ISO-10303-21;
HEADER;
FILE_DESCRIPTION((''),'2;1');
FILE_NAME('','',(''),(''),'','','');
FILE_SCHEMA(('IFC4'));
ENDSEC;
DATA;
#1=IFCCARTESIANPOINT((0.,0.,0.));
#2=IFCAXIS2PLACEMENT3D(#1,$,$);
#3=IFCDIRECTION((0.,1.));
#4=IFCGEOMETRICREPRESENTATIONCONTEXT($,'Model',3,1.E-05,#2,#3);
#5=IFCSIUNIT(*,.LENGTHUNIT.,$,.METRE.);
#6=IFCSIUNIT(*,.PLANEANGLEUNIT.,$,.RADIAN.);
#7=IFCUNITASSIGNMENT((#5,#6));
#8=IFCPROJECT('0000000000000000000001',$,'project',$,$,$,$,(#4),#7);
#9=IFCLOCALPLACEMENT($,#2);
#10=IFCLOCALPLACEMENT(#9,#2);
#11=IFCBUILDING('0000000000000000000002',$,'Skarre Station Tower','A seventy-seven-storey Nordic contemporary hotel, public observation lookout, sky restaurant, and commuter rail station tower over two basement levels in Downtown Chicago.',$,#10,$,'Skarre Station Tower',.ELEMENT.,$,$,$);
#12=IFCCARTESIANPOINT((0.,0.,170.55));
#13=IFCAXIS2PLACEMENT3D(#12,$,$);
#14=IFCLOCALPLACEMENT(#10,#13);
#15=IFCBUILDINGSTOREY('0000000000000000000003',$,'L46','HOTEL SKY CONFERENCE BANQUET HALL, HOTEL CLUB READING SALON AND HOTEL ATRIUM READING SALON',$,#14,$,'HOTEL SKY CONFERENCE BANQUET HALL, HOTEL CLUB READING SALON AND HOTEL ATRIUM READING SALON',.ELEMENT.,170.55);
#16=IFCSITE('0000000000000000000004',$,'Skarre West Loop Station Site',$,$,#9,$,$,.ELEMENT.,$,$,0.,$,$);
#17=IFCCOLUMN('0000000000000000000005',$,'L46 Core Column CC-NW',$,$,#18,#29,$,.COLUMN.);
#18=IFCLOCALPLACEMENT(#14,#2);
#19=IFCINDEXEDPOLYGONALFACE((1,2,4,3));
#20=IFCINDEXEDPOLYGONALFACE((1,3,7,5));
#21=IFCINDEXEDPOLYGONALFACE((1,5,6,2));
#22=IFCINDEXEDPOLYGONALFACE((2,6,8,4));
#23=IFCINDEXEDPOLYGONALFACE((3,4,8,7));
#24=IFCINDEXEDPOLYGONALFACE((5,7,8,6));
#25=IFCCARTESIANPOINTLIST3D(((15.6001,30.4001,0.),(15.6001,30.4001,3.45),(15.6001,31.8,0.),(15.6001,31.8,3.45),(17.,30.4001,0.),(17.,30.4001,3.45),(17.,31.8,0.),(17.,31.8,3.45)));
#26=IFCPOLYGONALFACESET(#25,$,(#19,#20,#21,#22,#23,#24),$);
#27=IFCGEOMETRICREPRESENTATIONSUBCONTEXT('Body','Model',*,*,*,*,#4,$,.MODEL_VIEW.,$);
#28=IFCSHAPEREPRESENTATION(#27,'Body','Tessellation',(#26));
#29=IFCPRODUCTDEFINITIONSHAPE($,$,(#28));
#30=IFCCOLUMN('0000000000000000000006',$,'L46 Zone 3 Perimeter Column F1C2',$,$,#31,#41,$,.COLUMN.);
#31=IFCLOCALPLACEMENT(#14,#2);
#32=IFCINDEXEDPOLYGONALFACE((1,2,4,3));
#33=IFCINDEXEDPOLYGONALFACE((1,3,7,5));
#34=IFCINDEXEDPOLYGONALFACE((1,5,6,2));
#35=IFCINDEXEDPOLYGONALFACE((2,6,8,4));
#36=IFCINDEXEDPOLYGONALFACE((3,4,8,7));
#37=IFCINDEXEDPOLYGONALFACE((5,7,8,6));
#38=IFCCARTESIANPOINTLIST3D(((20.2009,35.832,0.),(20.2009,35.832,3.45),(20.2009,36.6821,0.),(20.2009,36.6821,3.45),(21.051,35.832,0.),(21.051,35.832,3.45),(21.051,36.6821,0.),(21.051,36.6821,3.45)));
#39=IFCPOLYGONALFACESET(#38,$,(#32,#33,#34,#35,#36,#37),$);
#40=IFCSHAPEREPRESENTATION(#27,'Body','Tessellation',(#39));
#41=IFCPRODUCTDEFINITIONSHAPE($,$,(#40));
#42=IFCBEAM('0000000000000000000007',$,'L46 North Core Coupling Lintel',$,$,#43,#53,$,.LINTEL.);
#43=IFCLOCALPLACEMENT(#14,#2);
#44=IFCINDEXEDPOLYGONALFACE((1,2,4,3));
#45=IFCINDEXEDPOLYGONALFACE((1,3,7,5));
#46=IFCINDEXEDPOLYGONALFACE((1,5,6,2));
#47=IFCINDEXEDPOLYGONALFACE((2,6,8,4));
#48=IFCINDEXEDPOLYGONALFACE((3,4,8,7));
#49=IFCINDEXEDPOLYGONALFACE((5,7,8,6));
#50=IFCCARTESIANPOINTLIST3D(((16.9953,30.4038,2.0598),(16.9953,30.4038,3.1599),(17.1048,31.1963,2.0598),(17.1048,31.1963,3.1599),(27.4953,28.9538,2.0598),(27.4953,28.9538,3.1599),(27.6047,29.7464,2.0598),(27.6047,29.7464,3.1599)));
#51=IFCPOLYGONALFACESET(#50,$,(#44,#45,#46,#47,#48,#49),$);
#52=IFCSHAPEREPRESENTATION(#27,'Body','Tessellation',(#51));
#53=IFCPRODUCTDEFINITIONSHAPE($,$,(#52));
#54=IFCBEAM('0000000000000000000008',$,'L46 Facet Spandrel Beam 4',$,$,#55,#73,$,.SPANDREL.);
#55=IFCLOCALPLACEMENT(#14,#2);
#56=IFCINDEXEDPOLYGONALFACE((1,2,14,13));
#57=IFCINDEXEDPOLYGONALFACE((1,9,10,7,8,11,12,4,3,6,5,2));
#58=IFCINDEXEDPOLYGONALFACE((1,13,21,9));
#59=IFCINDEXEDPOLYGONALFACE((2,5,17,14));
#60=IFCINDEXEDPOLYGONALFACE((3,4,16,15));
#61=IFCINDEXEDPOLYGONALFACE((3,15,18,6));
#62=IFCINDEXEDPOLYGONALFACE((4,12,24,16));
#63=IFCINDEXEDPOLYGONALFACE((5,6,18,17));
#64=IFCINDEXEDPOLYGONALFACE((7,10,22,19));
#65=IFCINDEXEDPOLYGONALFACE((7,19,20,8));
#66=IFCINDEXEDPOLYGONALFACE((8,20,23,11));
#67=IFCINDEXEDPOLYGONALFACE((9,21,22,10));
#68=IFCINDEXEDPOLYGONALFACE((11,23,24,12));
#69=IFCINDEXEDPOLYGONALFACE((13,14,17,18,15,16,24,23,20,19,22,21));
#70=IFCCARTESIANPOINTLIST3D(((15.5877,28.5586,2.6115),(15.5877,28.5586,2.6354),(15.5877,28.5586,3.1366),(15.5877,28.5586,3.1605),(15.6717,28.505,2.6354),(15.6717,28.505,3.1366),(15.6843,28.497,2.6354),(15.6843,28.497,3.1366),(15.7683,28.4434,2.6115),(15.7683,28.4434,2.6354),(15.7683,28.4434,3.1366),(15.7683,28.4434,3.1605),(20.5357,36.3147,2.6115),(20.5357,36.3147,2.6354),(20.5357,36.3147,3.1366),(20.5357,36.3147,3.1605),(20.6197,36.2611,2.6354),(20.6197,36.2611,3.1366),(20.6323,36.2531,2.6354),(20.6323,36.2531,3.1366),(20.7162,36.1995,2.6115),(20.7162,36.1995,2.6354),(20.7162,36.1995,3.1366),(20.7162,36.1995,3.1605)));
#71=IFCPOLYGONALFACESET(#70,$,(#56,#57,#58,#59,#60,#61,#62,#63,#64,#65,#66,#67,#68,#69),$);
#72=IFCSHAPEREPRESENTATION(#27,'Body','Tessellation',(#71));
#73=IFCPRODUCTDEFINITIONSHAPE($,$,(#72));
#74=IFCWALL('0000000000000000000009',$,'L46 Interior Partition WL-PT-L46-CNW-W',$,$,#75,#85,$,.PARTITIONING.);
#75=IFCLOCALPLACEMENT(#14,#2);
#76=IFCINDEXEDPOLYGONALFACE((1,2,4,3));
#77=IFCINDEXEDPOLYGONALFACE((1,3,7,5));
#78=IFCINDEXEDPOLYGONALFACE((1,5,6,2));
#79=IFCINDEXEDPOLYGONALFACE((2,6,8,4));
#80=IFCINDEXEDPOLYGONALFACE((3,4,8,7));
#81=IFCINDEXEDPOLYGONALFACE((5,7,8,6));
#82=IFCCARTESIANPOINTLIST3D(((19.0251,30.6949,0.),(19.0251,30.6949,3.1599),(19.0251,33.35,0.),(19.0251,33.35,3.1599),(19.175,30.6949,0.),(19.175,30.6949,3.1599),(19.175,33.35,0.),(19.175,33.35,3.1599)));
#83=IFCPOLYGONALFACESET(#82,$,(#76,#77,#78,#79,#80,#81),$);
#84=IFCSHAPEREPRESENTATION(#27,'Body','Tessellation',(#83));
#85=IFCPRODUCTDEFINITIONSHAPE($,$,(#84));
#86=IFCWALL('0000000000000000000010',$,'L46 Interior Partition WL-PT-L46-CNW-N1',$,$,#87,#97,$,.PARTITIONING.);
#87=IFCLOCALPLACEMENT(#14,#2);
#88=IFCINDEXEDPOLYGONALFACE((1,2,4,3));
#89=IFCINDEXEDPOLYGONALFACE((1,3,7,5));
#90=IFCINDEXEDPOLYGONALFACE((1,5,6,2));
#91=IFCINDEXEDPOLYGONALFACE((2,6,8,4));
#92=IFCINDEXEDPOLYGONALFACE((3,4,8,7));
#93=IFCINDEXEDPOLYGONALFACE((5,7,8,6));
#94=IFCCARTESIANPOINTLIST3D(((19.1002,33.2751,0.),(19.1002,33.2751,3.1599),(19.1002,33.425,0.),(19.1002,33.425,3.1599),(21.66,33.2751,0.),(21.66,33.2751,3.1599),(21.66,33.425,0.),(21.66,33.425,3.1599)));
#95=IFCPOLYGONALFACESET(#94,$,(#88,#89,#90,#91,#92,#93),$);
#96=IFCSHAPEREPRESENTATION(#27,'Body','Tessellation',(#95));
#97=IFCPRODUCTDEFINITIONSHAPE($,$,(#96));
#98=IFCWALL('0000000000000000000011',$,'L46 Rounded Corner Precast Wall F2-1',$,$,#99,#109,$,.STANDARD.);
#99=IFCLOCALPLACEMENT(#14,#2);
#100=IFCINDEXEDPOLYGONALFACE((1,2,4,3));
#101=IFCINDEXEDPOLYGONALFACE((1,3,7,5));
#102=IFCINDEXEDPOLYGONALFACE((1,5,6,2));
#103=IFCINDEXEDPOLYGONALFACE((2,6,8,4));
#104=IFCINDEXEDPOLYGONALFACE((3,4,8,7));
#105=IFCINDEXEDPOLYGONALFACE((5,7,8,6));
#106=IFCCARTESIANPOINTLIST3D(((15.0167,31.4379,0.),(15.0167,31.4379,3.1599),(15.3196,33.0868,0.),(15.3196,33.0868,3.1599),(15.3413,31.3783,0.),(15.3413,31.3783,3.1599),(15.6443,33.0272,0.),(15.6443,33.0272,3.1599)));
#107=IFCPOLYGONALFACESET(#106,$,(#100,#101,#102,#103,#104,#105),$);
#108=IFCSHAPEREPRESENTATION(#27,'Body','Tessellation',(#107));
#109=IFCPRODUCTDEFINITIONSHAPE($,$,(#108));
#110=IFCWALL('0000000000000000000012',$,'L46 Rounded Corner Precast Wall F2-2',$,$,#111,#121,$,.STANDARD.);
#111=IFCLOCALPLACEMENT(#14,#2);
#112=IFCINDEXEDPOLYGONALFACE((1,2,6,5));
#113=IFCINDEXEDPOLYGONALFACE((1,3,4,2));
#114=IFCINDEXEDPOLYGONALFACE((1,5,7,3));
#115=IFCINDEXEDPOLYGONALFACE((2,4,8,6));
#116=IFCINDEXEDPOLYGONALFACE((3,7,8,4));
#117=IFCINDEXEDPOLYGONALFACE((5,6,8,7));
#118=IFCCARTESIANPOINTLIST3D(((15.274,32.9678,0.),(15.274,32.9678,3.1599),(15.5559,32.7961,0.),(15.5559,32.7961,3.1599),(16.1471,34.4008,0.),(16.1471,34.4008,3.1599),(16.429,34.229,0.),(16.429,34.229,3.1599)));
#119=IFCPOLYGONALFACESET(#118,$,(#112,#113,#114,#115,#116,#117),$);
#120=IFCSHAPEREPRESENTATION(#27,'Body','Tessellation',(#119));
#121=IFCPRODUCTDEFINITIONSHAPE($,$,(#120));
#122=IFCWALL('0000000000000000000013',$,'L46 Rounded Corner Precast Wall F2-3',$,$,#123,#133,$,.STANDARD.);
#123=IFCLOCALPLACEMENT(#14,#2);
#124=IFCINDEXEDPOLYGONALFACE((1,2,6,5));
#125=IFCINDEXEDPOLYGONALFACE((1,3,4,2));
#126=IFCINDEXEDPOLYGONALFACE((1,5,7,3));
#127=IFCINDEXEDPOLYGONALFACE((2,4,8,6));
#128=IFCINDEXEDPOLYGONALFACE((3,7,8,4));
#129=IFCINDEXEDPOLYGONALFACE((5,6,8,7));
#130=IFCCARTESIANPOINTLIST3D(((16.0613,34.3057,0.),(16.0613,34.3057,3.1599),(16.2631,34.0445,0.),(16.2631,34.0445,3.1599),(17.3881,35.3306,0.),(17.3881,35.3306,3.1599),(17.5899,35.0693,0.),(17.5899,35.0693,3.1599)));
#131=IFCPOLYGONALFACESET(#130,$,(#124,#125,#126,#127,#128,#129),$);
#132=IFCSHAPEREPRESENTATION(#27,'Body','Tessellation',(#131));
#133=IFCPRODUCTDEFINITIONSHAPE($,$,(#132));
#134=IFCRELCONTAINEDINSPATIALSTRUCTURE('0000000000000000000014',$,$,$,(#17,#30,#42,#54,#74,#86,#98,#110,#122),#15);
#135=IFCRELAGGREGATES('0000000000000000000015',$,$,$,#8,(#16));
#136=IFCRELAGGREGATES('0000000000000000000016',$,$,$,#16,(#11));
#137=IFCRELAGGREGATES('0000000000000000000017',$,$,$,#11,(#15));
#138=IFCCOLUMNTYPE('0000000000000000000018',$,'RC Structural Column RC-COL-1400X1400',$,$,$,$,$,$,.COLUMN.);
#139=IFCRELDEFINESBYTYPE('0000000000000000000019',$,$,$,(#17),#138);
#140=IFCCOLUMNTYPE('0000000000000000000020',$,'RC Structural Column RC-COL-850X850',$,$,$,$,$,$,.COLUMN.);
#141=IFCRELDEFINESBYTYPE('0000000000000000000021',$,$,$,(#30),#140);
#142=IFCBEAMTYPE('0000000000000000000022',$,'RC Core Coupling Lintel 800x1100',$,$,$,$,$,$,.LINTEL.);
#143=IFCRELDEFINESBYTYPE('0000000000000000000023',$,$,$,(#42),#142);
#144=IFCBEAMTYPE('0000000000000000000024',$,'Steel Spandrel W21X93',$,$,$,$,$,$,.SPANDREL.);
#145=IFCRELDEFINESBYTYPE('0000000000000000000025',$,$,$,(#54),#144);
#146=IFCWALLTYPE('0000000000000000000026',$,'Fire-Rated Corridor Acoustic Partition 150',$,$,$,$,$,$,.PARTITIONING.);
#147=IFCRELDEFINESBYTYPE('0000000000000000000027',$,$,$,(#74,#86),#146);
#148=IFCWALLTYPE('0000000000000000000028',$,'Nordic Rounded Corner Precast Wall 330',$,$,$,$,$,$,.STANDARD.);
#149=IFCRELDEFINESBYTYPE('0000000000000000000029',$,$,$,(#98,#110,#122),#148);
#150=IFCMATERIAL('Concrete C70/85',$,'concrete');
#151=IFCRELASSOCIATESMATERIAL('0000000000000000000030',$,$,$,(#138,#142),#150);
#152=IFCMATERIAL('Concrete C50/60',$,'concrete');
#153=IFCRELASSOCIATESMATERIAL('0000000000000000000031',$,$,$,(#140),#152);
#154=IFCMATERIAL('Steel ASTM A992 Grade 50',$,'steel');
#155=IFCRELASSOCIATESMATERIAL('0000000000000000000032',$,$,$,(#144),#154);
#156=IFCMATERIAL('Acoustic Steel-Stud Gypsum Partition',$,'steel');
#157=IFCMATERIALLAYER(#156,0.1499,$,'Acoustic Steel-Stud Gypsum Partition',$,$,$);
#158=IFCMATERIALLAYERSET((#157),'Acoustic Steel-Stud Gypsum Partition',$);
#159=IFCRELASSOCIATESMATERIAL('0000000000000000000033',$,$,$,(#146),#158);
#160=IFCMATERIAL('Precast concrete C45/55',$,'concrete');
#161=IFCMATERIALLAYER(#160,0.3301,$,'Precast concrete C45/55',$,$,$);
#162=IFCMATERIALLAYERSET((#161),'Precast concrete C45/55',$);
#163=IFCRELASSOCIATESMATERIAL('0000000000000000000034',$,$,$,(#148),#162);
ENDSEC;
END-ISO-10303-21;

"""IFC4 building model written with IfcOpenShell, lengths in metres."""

from ifc_helpers import new_model, si_unit, direction, frame, frame_2d, origin, origin_2d, place, context, subcontext, project, spatial, rectangle, i_section, extrude, material, layer, layer_set, material_profile, profile_set, type_object, element, save


model = new_model("IFC4")

# Units and contexts
model_context = context("Model", 3, precision=1e-05, world=origin(), true_north=direction((0.0, 1.0)))
body_context = subcontext(model_context, "Body", "Model", "MODEL_VIEW")
ifc_project = project(units=[si_unit("LENGTHUNIT", "METRE"), si_unit("PLANEANGLEUNIT", "RADIAN")], contexts=[model_context])

# Site, building, storey
site_placement = place(None, origin())
site = spatial("IfcSite", under=ifc_project, at=site_placement, Name="Skarre West Loop Station Site", CompositionType="ELEMENT", RefElevation=0.0)
building_placement = place(site_placement, origin())
building = spatial("IfcBuilding", under=site, at=building_placement, Name="Skarre Station Tower", Description="A seventy-seven-storey Nordic contemporary hotel, public observation lookout, sky restaurant, and commuter rail station tower over two basement levels in Downtown Chicago.", LongName="Skarre Station Tower", CompositionType="ELEMENT")
storey_placement = place(building_placement, frame((0.0, 0.0, 170.55)))
storey = spatial("IfcBuildingStorey", under=building, at=storey_placement, Name="L46", Description="HOTEL SKY CONFERENCE BANQUET HALL, HOTEL CLUB READING SALON AND HOTEL ATRIUM READING SALON", LongName="HOTEL SKY CONFERENCE BANQUET HALL, HOTEL CLUB READING SALON AND HOTEL ATRIUM READING SALON", CompositionType="ELEMENT", Elevation=170.55)

# Columns
ifc_material_1 = material(Name="Concrete C70/85", Category="concrete")
ifc_material_profile_1 = material_profile(ifc_material_1, rectangle(XDim=1.3999, YDim=1.3999, at=origin_2d()), Name="Concrete C70/85")
ifc_profile_set_1 = profile_set([ifc_material_profile_1], Name="Concrete C70/85")
column_type_1 = type_object("IfcColumnType", Name="RC Structural Column RC-COL-1400X1400", PredefinedType="COLUMN", material=ifc_profile_set_1)
column_1_placement = place(storey_placement, frame((16.3, 31.1001, 0.0), z_axis=(0.0, 0.0, 1.0), x_axis=(1.0, 0.0, 0.0)))
element("IfcColumn", 1, at=column_1_placement, inside=storey, type_object=column_type_1, Name="L46 Core Column CC-NW", PredefinedType="COLUMN", context=body_context, shape_type="SweptSolid", body=[
    extrude(rectangle(XDim=1.3999, YDim=1.3999, at=origin_2d()), origin(), (0.0, 0.0, 1.0), 3.45),
])
ifc_material_2 = material(Name="Concrete C50/60", Category="concrete")
ifc_material_profile_2 = material_profile(ifc_material_2, rectangle(XDim=0.8501, YDim=0.8501, at=origin_2d()), Name="Concrete C50/60")
ifc_profile_set_2 = profile_set([ifc_material_profile_2], Name="Concrete C50/60")
column_type_2 = type_object("IfcColumnType", Name="RC Structural Column RC-COL-850X850", PredefinedType="COLUMN", material=ifc_profile_set_2)
column_2_placement = place(storey_placement, frame((20.626, 36.2571, 0.0), z_axis=(0.0, 0.0, 1.0), x_axis=(1.0, 0.0, 0.0)))
element("IfcColumn", 2, at=column_2_placement, inside=storey, type_object=column_type_2, Name="L46 Zone 3 Perimeter Column F1C2", PredefinedType="COLUMN", context=body_context, shape_type="SweptSolid", body=[
    extrude(rectangle(XDim=0.8501, YDim=0.8501, at=origin_2d()), origin(), (0.0, 0.0, 1.0), 3.45),
])

# Beams
ifc_material_profile_3 = material_profile(ifc_material_1, rectangle(XDim=0.8, YDim=1.1001, at=origin_2d()), Name="Concrete C70/85")
ifc_profile_set_3 = profile_set([ifc_material_profile_3], Name="Concrete C70/85")
beam_type_1 = type_object("IfcBeamType", Name="RC Core Coupling Lintel 800x1100", PredefinedType="LINTEL", material=ifc_profile_set_3)
beam_1_placement = place(storey_placement, frame((17.05, 30.8, 2.6099), z_axis=(0.9906, -0.136792, 0.0), x_axis=(0.136792, 0.9906, 0.0)))
element("IfcBeam", 3, at=beam_1_placement, inside=storey, type_object=beam_type_1, Name="L46 North Core Coupling Lintel", PredefinedType="LINTEL", context=body_context, shape_type="SweptSolid", body=[
    extrude(rectangle(XDim=0.8, YDim=1.1001, at=origin_2d()), origin(), (0.0, 0.0, 1.0), 10.5996),
])
ifc_material_3 = material(Name="Steel ASTM A992 Grade 50", Category="steel")
ifc_material_profile_4 = material_profile(ifc_material_3, i_section(OverallWidth=0.2141, OverallDepth=0.5491, WebThickness=0.0149, FlangeThickness=0.0239, at=origin_2d()), Name="Steel ASTM A992 Grade 50")
ifc_profile_set_4 = profile_set([ifc_material_profile_4], Name="Steel ASTM A992 Grade 50")
beam_type_2 = type_object("IfcBeamType", Name="Steel Spandrel W21X93", PredefinedType="SPANDREL", material=ifc_profile_set_4)
beam_2_placement = place(storey_placement, frame((20.626, 36.2571, 2.886), z_axis=(-0.537826, -0.843056, 0.0), x_axis=(0.843056, -0.537826, 0.0)))
element("IfcBeam", 4, at=beam_2_placement, inside=storey, type_object=beam_type_2, Name="L46 Facet Spandrel Beam 4", PredefinedType="SPANDREL", context=body_context, shape_type="SweptSolid", body=[
    extrude(i_section(OverallWidth=0.2141, OverallDepth=0.5491, WebThickness=0.0149, FlangeThickness=0.0239, at=origin_2d()), origin(), (0.0, 0.0, 1.0), 9.2),
])

# Walls
ifc_material_4 = material(Name="Acoustic Steel-Stud Gypsum Partition", Category="steel")
ifc_layer_1 = layer(ifc_material_4, 0.1499, Name="Acoustic Steel-Stud Gypsum Partition")
ifc_layer_set_1 = layer_set([ifc_layer_1], Name="Acoustic Steel-Stud Gypsum Partition")
wall_type_1 = type_object("IfcWallType", Name="Fire-Rated Corridor Acoustic Partition 150", PredefinedType="PARTITIONING", material=ifc_layer_set_1)
wall_1_placement = place(storey_placement, frame((19.1001, 33.3501, 0.0), z_axis=(0.0, 0.0, 1.0), x_axis=(0.0, -1.0, 0.0)))
element("IfcWall", 5, at=wall_1_placement, inside=storey, type_object=wall_type_1, Name="L46 Interior Partition WL-PT-L46-CNW-W", PredefinedType="PARTITIONING", context=body_context, shape_type="SweptSolid", body=[
    extrude(rectangle(XDim=2.655, YDim=0.1499, at=frame_2d((1.3276, 0.0))), origin(), (0.0, 0.0, 1.0), 3.1599),
])
wall_2_placement = place(storey_placement, frame((21.6599, 33.3501, 0.0), z_axis=(0.0, 0.0, 1.0), x_axis=(-1.0, 0.0, 0.0)))
element("IfcWall", 6, at=wall_2_placement, inside=storey, type_object=wall_type_1, Name="L46 Interior Partition WL-PT-L46-CNW-N1", PredefinedType="PARTITIONING", context=body_context, shape_type="SweptSolid", body=[
    extrude(rectangle(XDim=2.5598, YDim=0.1499, at=frame_2d((1.2798, 0.0))), origin(), (0.0, 0.0, 1.0), 3.1599),
])
ifc_material_5 = material(Name="Precast concrete C45/55", Category="concrete")
ifc_layer_2 = layer(ifc_material_5, 0.3301, Name="Precast concrete C45/55")
ifc_layer_set_2 = layer_set([ifc_layer_2], Name="Precast concrete C45/55")
wall_type_2 = type_object("IfcWallType", Name="Nordic Rounded Corner Precast Wall 330", PredefinedType="STANDARD", material=ifc_layer_set_2)
wall_3_placement = place(storey_placement, frame((15.179, 31.408, 0.0), z_axis=(0.0, 0.0, 1.0), x_axis=(0.180718, 0.983535, 0.0)))
element("IfcWall", 7, at=wall_3_placement, inside=storey, type_object=wall_type_2, Name="L46 Rounded Corner Precast Wall F2-1", PredefinedType="STANDARD", context=body_context, shape_type="SweptSolid", body=[
    extrude(rectangle(XDim=1.6765, YDim=0.3301, at=frame_2d((0.8384, 0.0))), origin(), (0.0, 0.0, 1.0), 3.1599),
])
wall_4_placement = place(storey_placement, frame((15.415, 32.8821, 0.0), z_axis=(0.0, 0.0, 1.0), x_axis=(0.520325, 0.853968, 0.0)))
element("IfcWall", 8, at=wall_4_placement, inside=storey, type_object=wall_type_2, Name="L46 Rounded Corner Precast Wall F2-2", PredefinedType="STANDARD", context=body_context, shape_type="SweptSolid", body=[
    extrude(rectangle(XDim=1.678, YDim=0.3301, at=frame_2d((0.8389, 0.0))), origin(), (0.0, 0.0, 1.0), 3.1599),
])
wall_5_placement = place(storey_placement, frame((16.1621, 34.175, 0.0), z_axis=(0.0, 0.0, 1.0), x_axis=(0.79141, 0.611286, 0.0)))
element("IfcWall", 9, at=wall_5_placement, inside=storey, type_object=wall_type_2, Name="L46 Rounded Corner Precast Wall F2-3", PredefinedType="STANDARD", context=body_context, shape_type="SweptSolid", body=[
    extrude(rectangle(XDim=1.6765, YDim=0.3301, at=frame_2d((0.8384, 0.0))), origin(), (0.0, 0.0, 1.0), 3.1599),
])

save(model, "model.ifc")
